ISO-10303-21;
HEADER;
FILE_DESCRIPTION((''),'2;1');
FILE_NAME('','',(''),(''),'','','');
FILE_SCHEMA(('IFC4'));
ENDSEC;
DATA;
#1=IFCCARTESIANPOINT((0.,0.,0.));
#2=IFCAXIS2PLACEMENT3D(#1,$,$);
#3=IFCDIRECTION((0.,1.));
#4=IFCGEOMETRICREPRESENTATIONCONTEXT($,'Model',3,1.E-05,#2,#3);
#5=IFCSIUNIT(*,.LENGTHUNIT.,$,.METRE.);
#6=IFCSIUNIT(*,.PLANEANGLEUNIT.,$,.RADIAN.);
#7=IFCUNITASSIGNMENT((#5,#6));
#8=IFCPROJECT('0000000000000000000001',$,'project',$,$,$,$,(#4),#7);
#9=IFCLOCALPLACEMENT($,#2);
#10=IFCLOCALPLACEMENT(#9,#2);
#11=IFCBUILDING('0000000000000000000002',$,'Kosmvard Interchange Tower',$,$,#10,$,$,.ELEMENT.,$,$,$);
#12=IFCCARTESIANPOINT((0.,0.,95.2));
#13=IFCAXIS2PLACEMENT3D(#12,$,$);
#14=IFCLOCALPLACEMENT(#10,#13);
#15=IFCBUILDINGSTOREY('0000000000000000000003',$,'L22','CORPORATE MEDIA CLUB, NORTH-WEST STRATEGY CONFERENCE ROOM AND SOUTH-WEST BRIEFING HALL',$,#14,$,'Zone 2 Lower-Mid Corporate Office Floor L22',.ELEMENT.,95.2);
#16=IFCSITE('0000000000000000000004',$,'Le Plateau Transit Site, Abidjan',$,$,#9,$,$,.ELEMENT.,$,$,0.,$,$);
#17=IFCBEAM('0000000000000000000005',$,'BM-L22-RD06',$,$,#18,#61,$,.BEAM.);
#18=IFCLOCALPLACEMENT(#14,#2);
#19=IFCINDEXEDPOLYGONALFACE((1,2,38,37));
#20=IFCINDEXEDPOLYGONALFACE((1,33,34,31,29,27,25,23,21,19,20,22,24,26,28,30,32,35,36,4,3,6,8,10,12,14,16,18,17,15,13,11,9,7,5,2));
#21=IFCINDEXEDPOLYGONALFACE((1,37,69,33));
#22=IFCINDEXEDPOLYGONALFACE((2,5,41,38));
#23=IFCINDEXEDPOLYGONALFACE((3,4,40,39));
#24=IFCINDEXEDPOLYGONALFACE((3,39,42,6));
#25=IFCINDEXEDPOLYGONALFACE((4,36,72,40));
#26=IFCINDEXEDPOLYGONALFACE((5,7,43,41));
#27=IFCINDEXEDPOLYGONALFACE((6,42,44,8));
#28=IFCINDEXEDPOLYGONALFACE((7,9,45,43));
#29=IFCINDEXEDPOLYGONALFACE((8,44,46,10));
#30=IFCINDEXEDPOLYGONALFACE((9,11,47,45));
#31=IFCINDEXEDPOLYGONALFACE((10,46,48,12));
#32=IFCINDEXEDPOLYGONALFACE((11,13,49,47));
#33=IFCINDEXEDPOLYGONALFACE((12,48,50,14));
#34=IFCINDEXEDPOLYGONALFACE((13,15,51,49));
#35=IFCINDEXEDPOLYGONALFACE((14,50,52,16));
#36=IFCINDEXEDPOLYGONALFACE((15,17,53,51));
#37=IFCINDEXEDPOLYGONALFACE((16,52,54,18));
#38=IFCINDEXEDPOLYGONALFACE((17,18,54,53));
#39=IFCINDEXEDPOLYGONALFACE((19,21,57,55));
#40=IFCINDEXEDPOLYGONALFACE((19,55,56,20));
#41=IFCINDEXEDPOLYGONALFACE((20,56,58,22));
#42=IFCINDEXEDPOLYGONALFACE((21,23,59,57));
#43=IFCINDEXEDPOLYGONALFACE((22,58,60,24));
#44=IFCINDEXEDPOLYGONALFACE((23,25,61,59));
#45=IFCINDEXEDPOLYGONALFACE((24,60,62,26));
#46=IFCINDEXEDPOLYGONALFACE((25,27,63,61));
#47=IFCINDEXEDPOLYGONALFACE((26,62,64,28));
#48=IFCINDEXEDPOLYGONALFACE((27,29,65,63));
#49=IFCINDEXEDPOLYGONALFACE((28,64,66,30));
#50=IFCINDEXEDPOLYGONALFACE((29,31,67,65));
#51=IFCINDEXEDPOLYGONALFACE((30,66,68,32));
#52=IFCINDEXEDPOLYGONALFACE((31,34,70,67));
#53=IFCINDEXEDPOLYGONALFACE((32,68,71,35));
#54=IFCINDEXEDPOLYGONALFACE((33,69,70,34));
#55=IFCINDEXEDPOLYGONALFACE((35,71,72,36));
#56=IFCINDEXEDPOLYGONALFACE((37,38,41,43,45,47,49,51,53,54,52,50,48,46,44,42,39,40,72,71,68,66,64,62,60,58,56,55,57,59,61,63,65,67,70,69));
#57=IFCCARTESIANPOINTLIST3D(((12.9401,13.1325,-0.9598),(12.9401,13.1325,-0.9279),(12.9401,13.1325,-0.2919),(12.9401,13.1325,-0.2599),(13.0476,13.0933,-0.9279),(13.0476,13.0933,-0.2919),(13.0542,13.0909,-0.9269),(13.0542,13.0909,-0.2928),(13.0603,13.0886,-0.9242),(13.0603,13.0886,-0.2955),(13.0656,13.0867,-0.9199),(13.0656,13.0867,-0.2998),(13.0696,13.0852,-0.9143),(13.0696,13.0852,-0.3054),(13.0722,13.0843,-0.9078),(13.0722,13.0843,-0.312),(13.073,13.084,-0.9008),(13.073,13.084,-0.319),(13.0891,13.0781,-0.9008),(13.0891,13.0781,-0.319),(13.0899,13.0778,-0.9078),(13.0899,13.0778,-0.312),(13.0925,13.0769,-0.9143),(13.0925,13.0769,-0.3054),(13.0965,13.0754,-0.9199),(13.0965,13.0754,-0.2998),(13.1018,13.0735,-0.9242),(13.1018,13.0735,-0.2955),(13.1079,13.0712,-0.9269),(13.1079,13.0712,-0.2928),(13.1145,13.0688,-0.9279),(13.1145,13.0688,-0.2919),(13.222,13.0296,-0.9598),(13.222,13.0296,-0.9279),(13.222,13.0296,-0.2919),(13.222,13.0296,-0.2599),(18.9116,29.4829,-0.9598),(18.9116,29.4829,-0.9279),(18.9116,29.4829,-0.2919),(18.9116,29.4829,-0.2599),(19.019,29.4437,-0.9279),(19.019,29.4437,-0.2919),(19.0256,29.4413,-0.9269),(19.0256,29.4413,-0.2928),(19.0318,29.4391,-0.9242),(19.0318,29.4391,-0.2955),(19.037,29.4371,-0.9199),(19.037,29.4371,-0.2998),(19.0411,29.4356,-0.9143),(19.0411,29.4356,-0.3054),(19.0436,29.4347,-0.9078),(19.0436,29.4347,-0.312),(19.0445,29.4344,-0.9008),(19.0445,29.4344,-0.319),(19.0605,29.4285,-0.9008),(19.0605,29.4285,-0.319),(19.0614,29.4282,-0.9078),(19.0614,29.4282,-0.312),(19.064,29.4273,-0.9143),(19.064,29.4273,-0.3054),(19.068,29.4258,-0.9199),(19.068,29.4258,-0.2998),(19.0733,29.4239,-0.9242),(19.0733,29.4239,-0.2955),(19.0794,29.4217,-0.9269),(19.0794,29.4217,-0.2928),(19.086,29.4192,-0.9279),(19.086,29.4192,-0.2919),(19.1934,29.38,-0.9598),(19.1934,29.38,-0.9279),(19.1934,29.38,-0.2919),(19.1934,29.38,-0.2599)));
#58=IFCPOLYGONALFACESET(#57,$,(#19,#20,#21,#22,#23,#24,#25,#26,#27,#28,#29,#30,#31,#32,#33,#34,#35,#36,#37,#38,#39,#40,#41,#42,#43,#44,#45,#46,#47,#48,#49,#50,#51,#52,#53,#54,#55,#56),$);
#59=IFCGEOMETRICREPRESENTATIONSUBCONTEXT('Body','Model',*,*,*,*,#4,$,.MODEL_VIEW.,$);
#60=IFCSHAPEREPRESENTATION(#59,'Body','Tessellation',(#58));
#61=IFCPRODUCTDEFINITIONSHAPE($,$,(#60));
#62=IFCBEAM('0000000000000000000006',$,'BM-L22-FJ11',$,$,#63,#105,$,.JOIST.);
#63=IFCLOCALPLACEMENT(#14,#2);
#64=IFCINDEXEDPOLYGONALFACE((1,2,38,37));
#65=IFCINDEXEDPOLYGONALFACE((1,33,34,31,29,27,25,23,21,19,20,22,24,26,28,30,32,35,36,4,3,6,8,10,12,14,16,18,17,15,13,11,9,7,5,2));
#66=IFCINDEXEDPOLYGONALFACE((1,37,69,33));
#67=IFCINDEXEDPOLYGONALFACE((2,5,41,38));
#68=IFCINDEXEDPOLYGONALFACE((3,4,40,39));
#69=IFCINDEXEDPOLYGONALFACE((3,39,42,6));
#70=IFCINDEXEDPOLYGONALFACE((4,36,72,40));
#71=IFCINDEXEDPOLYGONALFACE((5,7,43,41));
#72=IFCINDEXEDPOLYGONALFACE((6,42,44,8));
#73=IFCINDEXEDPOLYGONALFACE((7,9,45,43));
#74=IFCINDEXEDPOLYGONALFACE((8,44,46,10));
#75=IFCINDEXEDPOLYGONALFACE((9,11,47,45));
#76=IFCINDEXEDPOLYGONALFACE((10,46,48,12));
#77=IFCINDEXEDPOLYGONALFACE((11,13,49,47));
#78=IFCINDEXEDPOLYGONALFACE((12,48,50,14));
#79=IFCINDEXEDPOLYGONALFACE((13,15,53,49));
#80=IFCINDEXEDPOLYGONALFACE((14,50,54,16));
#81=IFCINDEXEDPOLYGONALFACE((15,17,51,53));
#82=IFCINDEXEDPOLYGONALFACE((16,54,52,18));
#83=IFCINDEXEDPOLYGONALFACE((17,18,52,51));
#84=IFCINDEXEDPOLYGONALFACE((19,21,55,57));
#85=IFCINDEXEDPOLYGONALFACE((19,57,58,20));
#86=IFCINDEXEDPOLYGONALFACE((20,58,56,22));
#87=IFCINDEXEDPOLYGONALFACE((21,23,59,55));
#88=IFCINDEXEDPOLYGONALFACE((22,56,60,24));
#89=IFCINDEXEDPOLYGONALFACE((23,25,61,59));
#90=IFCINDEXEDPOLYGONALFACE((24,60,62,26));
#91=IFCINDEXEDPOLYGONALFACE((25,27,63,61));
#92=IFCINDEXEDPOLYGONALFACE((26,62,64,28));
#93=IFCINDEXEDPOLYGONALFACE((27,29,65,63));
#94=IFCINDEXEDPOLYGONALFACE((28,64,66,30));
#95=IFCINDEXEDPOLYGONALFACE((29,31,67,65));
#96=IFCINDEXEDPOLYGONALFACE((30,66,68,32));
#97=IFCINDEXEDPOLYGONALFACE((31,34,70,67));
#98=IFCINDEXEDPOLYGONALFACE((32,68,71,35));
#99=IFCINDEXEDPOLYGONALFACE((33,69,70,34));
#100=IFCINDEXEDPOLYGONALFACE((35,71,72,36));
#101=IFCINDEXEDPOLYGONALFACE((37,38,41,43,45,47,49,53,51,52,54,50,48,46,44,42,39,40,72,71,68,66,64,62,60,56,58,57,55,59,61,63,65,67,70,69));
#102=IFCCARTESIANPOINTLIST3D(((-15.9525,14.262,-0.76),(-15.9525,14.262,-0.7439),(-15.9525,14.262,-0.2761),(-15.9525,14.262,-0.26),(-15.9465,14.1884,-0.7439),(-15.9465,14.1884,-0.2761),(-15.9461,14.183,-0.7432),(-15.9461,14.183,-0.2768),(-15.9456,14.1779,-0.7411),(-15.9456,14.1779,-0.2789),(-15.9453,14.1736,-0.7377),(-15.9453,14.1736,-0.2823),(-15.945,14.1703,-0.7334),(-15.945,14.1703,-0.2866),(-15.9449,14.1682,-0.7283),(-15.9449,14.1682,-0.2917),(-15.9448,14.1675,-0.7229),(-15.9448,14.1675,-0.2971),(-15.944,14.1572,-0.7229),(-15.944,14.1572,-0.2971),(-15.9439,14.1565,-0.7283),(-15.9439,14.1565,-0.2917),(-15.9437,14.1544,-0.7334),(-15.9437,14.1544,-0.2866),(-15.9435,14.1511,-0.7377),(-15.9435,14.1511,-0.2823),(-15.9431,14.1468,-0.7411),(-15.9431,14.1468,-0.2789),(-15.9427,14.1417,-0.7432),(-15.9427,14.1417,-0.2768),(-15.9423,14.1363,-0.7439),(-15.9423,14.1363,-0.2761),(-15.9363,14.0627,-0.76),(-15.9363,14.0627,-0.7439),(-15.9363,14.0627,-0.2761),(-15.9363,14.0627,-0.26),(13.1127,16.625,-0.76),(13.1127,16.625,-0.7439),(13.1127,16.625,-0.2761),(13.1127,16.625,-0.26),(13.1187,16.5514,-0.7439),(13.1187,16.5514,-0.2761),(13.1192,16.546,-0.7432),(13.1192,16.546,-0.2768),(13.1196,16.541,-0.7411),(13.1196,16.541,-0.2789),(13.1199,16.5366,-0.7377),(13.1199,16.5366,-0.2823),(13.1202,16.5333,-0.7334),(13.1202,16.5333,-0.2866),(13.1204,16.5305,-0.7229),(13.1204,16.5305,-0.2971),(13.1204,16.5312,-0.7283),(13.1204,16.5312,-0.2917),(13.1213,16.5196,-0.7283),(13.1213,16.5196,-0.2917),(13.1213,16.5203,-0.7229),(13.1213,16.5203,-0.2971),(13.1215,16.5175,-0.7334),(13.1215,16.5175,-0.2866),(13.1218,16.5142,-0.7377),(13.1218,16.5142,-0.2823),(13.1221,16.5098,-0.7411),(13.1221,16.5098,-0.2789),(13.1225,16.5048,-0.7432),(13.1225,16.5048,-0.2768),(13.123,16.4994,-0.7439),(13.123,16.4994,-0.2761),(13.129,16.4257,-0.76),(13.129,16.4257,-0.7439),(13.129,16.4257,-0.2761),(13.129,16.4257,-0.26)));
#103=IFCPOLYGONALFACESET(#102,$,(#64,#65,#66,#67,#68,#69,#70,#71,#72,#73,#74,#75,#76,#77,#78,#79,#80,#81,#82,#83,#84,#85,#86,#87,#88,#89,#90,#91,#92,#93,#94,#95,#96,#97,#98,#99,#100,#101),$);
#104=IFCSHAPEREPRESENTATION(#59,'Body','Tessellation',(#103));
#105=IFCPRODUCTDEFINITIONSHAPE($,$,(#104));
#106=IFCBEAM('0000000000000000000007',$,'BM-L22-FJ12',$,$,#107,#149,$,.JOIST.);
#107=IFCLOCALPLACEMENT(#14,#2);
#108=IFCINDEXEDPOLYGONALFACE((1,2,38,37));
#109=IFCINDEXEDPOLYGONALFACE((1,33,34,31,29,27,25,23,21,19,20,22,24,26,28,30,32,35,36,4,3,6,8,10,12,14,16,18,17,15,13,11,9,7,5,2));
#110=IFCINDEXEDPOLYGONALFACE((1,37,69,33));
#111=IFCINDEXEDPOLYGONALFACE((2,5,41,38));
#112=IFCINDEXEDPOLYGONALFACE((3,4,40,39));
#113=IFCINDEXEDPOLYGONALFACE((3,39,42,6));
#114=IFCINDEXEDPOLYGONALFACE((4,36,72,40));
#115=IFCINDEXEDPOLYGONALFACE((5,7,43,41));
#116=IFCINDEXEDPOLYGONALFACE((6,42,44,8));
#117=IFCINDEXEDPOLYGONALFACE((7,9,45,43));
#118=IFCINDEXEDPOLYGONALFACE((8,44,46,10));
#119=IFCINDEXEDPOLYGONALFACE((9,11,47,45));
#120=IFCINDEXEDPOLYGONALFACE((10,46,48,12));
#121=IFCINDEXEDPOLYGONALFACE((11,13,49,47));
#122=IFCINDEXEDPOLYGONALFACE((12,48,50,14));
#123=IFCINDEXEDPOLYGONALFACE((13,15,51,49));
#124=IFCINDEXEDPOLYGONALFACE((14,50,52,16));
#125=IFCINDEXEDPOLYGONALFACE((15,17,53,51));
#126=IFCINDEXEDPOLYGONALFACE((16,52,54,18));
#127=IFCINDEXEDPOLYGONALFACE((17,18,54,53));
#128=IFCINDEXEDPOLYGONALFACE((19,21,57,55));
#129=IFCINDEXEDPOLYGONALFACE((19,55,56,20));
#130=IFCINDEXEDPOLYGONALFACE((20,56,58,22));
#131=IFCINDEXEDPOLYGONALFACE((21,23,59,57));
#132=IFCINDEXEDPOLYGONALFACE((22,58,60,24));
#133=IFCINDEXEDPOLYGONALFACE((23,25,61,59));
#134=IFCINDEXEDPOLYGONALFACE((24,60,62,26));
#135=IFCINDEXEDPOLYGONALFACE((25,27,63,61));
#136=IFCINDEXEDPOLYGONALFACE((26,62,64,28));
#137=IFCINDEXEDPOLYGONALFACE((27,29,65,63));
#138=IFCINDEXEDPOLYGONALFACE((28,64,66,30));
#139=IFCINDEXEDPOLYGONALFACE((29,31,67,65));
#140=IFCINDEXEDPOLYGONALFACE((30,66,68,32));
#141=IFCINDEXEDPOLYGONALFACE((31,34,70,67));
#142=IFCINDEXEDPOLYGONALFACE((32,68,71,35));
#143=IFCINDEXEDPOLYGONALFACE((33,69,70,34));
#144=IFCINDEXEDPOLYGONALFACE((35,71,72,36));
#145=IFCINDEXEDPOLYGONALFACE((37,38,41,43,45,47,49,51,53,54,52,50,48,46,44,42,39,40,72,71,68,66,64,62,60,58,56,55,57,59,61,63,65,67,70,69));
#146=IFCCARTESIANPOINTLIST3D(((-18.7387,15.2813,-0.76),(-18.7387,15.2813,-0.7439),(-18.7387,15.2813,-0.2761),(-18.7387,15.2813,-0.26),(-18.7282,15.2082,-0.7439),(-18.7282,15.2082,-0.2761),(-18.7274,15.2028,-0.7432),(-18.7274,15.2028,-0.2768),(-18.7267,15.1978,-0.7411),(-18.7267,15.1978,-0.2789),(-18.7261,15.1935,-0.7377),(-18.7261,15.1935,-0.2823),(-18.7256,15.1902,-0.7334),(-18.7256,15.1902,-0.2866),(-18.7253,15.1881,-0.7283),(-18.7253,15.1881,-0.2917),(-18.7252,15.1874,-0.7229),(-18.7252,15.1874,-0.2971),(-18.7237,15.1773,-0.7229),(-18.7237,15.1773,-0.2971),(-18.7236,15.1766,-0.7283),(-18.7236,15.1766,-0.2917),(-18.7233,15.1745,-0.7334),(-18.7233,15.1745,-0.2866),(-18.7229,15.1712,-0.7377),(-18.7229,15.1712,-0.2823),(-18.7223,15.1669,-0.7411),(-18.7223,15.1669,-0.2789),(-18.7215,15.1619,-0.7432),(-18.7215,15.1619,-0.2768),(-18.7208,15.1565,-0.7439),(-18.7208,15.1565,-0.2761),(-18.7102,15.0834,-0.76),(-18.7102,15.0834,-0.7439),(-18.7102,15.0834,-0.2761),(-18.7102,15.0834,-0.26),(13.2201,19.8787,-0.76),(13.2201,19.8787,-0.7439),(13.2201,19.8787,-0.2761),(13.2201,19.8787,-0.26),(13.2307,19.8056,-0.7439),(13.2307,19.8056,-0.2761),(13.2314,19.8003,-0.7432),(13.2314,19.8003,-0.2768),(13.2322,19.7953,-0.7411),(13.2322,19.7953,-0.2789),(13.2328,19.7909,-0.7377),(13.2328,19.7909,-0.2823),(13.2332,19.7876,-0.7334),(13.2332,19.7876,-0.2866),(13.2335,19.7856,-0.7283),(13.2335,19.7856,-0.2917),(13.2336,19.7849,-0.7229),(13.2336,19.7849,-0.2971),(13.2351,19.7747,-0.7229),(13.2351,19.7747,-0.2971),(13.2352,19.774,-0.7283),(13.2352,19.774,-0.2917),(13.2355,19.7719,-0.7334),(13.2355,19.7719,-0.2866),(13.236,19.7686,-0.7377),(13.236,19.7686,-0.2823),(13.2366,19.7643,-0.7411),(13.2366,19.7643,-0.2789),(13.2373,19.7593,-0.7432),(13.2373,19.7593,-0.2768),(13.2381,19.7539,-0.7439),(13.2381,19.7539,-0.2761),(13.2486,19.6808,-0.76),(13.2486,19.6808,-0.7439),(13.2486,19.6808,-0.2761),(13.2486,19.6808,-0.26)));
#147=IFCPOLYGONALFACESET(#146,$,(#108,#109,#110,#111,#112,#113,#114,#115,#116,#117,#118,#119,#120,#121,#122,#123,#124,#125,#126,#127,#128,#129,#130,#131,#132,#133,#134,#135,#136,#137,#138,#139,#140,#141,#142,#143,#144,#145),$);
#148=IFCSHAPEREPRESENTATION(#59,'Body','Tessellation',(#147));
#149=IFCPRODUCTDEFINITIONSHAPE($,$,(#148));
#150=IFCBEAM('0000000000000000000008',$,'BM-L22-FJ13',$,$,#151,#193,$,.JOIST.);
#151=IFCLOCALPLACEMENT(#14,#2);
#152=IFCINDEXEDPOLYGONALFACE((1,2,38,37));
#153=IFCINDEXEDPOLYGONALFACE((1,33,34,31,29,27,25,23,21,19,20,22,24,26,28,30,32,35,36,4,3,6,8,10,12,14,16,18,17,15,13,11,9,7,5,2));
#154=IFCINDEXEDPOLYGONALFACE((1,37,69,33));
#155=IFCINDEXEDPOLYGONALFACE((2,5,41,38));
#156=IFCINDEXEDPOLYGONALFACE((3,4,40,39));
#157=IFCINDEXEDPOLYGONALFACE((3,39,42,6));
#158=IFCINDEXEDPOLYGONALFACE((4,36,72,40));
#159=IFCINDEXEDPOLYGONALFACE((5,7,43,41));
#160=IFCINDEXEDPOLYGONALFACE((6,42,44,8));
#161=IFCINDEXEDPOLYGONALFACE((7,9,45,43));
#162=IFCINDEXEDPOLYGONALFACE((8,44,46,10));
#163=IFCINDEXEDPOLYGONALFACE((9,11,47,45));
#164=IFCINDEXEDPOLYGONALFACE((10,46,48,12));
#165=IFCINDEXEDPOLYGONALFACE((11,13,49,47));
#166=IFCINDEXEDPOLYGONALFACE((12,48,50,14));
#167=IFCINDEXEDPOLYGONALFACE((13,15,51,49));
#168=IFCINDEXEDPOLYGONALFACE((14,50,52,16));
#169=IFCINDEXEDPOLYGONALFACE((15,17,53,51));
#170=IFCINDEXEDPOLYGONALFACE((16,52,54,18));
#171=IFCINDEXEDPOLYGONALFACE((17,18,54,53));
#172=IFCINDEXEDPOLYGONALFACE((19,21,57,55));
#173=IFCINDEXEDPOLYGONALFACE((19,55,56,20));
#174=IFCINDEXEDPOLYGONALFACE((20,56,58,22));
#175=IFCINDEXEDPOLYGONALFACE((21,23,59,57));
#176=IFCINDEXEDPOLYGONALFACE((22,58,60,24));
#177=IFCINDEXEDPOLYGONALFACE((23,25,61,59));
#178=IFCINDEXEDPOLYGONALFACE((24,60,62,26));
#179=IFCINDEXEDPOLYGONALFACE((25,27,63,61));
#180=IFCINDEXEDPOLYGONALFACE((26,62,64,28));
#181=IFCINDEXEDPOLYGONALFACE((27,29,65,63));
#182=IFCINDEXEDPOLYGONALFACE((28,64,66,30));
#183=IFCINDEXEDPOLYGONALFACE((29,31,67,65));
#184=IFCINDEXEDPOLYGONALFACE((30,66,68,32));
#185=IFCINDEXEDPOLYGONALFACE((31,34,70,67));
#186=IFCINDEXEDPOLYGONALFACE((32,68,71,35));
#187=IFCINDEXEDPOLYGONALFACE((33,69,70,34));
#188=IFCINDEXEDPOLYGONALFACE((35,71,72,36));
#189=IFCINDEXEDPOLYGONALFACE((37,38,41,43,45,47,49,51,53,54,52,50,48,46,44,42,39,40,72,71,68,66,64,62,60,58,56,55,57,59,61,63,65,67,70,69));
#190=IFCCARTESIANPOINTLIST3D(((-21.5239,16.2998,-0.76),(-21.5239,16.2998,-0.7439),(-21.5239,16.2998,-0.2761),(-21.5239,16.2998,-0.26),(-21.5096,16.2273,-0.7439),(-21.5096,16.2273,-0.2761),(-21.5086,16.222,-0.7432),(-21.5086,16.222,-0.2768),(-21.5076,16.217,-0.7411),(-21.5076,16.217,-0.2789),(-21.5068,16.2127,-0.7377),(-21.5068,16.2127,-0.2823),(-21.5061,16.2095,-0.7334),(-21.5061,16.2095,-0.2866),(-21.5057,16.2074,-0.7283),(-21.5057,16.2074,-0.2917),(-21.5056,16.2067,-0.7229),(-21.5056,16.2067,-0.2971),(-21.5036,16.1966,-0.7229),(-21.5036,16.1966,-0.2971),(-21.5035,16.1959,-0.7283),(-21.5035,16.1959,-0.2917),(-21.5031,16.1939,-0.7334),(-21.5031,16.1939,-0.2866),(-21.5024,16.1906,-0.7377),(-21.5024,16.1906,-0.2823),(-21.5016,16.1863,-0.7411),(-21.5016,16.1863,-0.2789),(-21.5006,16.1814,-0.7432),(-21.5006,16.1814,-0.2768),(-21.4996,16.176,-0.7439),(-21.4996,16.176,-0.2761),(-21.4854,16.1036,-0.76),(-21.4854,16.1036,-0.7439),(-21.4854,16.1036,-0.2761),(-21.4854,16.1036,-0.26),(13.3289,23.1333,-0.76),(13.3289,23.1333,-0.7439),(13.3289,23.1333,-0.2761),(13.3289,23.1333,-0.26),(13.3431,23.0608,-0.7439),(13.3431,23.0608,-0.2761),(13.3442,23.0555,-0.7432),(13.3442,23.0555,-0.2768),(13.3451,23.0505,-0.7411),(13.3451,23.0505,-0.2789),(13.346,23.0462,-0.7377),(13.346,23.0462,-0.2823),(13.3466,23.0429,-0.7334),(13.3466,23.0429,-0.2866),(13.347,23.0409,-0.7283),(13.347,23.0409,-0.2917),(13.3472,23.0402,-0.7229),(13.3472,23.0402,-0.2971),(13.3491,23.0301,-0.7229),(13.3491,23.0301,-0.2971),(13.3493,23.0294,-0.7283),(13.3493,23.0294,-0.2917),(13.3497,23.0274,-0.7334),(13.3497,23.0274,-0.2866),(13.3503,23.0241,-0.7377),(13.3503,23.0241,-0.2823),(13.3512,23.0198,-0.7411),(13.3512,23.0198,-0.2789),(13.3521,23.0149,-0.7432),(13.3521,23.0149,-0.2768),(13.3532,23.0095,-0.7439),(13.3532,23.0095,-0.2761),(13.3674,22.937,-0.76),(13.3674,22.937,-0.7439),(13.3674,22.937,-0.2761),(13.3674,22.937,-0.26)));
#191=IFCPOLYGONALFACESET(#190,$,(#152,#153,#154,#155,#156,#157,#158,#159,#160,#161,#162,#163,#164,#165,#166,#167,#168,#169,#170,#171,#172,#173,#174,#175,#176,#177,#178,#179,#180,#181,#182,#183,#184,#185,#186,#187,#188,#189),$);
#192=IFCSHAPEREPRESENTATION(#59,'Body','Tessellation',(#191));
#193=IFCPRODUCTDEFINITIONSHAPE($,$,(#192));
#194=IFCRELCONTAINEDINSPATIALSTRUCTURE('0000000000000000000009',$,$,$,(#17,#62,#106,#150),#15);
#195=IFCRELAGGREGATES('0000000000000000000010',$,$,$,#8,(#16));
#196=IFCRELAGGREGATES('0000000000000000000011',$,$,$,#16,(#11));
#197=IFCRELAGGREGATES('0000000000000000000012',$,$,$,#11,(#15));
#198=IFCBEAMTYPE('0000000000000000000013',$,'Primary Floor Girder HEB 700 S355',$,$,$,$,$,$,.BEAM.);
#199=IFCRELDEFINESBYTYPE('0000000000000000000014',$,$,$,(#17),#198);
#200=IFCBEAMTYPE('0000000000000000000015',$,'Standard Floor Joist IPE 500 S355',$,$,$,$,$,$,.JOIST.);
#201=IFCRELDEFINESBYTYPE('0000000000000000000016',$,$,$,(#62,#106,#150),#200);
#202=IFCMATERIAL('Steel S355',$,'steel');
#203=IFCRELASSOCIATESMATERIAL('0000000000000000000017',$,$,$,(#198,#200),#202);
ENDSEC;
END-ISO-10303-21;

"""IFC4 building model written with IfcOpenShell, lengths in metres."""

from ifc_helpers import new_model, si_unit, direction, frame, origin, origin_2d, place, context, subcontext, project, spatial, i_section, extrude, source, transform, mapped, material, material_profile, profile_set, type_object, element, save


model = new_model("IFC4")

# Units and contexts
model_context = context("Model", 3, precision=1e-05, world=origin(), true_north=direction((0.0, 1.0)))
body_context = subcontext(model_context, "Body", "Model", "MODEL_VIEW")
ifc_project = project(units=[si_unit("LENGTHUNIT", "METRE"), si_unit("PLANEANGLEUNIT", "RADIAN")], contexts=[model_context])

# Site, building, storey
site_placement = place(None, origin())
site = spatial("IfcSite", under=ifc_project, at=site_placement, Name="Le Plateau Transit Site, Abidjan", CompositionType="ELEMENT", RefElevation=0.0)
building_placement = place(site_placement, origin())
building = spatial("IfcBuilding", under=site, at=building_placement, Name="Kosmvard Interchange Tower", CompositionType="ELEMENT")
storey_placement = place(building_placement, frame((0.0, 0.0, 95.2)))
storey = spatial("IfcBuildingStorey", under=building, at=storey_placement, Name="L22", Description="CORPORATE MEDIA CLUB, NORTH-WEST STRATEGY CONFERENCE ROOM AND SOUTH-WEST BRIEFING HALL", LongName="Zone 2 Lower-Mid Corporate Office Floor L22", CompositionType="ELEMENT", Elevation=95.2)

# Beams
ifc_material_1 = material(Name="Steel S355", Category="steel")
ifc_material_profile_1 = material_profile(ifc_material_1, i_section(OverallWidth=0.3, OverallDepth=0.7, WebThickness=0.0171, FlangeThickness=0.032, FilletRadius=0.0271, at=origin_2d()), Name="HEB 700")
ifc_profile_set_1 = profile_set([ifc_material_profile_1], Name="Steel S355")
beam_type_1 = type_object("IfcBeamType", Name="Primary Floor Girder HEB 700 S355", PredefinedType="BEAM", material=ifc_profile_set_1)
shared_shape_1 = source(origin(), body_context, "Body", "SweptSolid", [
    extrude(i_section(OverallWidth=0.3, OverallDepth=0.7, WebThickness=0.0171, FlangeThickness=0.032, FilletRadius=0.0271, at=origin_2d()), origin(), (0.0, 0.0, 1.0), 17.4067),
])
beam_1_placement = place(storey_placement, frame((13.0811, 13.0811, -0.6099), z_axis=(0.343055, 0.939315, 0.0), x_axis=(-0.939315, 0.343055, 0.0)))
element("IfcBeam", 1, at=beam_1_placement, inside=storey, type_object=beam_type_1, Name="BM-L22-RD06", PredefinedType="BEAM", context=body_context, shape_type="MappedRepresentation", body=[
    mapped(shared_shape_1, transform((0.0, 0.0, 0.0), scale=1.0)),
])
ifc_material_profile_2 = material_profile(ifc_material_1, i_section(OverallWidth=0.2, OverallDepth=0.5, WebThickness=0.0103, FlangeThickness=0.0161, FilletRadius=0.021, at=origin_2d()), Name="IPE 500")
ifc_profile_set_2 = profile_set([ifc_material_profile_2], Name="Steel S355")
beam_type_2 = type_object("IfcBeamType", Name="Standard Floor Joist IPE 500 S355", PredefinedType="JOIST", material=ifc_profile_set_2)
shared_shape_2 = source(origin(), body_context, "Body", "SweptSolid", [
    extrude(i_section(OverallWidth=0.2, OverallDepth=0.5, WebThickness=0.0103, FlangeThickness=0.0161, FilletRadius=0.021, at=origin_2d()), origin(), (0.0, 0.0, 1.0), 29.1611),
])
beam_2_placement = place(storey_placement, frame((13.1208, 16.5254, -0.51), z_axis=(-0.996711, -0.081034, 0.0), x_axis=(0.081034, -0.996711, 0.0)))
element("IfcBeam", 2, at=beam_2_placement, inside=storey, type_object=beam_type_2, Name="BM-L22-FJ11", PredefinedType="JOIST", context=body_context, shape_type="MappedRepresentation", body=[
    mapped(shared_shape_2, transform((0.0, 0.0, 0.0), scale=1.0)),
])
shared_shape_3 = source(origin(), body_context, "Body", "SweptSolid", [
    extrude(i_section(OverallWidth=0.2, OverallDepth=0.5, WebThickness=0.0103, FlangeThickness=0.0161, FilletRadius=0.021, at=origin_2d()), origin(), (0.0, 0.0, 1.0), 32.2878),
])
beam_3_placement = place(storey_placement, frame((13.2344, 19.7798, -0.51), z_axis=(-0.989811, -0.142389, 0.0), x_axis=(0.142389, -0.989811, 0.0)))
element("IfcBeam", 3, at=beam_3_placement, inside=storey, type_object=beam_type_2, Name="BM-L22-FJ12", PredefinedType="JOIST", context=body_context, shape_type="MappedRepresentation", body=[
    mapped(shared_shape_3, transform((0.0, 0.0, 0.0), scale=1.0)),
])
shared_shape_4 = source(origin(), body_context, "Body", "SweptSolid", [
    extrude(i_section(OverallWidth=0.2, OverallDepth=0.5, WebThickness=0.0103, FlangeThickness=0.0161, FilletRadius=0.021, at=origin_2d()), origin(), (0.0, 0.0, 1.0), 35.5164),
])
beam_4_placement = place(storey_placement, frame((13.3481, 23.0352, -0.51), z_axis=(-0.981316, -0.192404, 0.0), x_axis=(0.192404, -0.981316, 0.0)))
element("IfcBeam", 4, at=beam_4_placement, inside=storey, type_object=beam_type_2, Name="BM-L22-FJ13", PredefinedType="JOIST", context=body_context, shape_type="MappedRepresentation", body=[
    mapped(shared_shape_4, transform((0.0, 0.0, 0.0), scale=1.0)),
])

save(model, "model.ifc")
